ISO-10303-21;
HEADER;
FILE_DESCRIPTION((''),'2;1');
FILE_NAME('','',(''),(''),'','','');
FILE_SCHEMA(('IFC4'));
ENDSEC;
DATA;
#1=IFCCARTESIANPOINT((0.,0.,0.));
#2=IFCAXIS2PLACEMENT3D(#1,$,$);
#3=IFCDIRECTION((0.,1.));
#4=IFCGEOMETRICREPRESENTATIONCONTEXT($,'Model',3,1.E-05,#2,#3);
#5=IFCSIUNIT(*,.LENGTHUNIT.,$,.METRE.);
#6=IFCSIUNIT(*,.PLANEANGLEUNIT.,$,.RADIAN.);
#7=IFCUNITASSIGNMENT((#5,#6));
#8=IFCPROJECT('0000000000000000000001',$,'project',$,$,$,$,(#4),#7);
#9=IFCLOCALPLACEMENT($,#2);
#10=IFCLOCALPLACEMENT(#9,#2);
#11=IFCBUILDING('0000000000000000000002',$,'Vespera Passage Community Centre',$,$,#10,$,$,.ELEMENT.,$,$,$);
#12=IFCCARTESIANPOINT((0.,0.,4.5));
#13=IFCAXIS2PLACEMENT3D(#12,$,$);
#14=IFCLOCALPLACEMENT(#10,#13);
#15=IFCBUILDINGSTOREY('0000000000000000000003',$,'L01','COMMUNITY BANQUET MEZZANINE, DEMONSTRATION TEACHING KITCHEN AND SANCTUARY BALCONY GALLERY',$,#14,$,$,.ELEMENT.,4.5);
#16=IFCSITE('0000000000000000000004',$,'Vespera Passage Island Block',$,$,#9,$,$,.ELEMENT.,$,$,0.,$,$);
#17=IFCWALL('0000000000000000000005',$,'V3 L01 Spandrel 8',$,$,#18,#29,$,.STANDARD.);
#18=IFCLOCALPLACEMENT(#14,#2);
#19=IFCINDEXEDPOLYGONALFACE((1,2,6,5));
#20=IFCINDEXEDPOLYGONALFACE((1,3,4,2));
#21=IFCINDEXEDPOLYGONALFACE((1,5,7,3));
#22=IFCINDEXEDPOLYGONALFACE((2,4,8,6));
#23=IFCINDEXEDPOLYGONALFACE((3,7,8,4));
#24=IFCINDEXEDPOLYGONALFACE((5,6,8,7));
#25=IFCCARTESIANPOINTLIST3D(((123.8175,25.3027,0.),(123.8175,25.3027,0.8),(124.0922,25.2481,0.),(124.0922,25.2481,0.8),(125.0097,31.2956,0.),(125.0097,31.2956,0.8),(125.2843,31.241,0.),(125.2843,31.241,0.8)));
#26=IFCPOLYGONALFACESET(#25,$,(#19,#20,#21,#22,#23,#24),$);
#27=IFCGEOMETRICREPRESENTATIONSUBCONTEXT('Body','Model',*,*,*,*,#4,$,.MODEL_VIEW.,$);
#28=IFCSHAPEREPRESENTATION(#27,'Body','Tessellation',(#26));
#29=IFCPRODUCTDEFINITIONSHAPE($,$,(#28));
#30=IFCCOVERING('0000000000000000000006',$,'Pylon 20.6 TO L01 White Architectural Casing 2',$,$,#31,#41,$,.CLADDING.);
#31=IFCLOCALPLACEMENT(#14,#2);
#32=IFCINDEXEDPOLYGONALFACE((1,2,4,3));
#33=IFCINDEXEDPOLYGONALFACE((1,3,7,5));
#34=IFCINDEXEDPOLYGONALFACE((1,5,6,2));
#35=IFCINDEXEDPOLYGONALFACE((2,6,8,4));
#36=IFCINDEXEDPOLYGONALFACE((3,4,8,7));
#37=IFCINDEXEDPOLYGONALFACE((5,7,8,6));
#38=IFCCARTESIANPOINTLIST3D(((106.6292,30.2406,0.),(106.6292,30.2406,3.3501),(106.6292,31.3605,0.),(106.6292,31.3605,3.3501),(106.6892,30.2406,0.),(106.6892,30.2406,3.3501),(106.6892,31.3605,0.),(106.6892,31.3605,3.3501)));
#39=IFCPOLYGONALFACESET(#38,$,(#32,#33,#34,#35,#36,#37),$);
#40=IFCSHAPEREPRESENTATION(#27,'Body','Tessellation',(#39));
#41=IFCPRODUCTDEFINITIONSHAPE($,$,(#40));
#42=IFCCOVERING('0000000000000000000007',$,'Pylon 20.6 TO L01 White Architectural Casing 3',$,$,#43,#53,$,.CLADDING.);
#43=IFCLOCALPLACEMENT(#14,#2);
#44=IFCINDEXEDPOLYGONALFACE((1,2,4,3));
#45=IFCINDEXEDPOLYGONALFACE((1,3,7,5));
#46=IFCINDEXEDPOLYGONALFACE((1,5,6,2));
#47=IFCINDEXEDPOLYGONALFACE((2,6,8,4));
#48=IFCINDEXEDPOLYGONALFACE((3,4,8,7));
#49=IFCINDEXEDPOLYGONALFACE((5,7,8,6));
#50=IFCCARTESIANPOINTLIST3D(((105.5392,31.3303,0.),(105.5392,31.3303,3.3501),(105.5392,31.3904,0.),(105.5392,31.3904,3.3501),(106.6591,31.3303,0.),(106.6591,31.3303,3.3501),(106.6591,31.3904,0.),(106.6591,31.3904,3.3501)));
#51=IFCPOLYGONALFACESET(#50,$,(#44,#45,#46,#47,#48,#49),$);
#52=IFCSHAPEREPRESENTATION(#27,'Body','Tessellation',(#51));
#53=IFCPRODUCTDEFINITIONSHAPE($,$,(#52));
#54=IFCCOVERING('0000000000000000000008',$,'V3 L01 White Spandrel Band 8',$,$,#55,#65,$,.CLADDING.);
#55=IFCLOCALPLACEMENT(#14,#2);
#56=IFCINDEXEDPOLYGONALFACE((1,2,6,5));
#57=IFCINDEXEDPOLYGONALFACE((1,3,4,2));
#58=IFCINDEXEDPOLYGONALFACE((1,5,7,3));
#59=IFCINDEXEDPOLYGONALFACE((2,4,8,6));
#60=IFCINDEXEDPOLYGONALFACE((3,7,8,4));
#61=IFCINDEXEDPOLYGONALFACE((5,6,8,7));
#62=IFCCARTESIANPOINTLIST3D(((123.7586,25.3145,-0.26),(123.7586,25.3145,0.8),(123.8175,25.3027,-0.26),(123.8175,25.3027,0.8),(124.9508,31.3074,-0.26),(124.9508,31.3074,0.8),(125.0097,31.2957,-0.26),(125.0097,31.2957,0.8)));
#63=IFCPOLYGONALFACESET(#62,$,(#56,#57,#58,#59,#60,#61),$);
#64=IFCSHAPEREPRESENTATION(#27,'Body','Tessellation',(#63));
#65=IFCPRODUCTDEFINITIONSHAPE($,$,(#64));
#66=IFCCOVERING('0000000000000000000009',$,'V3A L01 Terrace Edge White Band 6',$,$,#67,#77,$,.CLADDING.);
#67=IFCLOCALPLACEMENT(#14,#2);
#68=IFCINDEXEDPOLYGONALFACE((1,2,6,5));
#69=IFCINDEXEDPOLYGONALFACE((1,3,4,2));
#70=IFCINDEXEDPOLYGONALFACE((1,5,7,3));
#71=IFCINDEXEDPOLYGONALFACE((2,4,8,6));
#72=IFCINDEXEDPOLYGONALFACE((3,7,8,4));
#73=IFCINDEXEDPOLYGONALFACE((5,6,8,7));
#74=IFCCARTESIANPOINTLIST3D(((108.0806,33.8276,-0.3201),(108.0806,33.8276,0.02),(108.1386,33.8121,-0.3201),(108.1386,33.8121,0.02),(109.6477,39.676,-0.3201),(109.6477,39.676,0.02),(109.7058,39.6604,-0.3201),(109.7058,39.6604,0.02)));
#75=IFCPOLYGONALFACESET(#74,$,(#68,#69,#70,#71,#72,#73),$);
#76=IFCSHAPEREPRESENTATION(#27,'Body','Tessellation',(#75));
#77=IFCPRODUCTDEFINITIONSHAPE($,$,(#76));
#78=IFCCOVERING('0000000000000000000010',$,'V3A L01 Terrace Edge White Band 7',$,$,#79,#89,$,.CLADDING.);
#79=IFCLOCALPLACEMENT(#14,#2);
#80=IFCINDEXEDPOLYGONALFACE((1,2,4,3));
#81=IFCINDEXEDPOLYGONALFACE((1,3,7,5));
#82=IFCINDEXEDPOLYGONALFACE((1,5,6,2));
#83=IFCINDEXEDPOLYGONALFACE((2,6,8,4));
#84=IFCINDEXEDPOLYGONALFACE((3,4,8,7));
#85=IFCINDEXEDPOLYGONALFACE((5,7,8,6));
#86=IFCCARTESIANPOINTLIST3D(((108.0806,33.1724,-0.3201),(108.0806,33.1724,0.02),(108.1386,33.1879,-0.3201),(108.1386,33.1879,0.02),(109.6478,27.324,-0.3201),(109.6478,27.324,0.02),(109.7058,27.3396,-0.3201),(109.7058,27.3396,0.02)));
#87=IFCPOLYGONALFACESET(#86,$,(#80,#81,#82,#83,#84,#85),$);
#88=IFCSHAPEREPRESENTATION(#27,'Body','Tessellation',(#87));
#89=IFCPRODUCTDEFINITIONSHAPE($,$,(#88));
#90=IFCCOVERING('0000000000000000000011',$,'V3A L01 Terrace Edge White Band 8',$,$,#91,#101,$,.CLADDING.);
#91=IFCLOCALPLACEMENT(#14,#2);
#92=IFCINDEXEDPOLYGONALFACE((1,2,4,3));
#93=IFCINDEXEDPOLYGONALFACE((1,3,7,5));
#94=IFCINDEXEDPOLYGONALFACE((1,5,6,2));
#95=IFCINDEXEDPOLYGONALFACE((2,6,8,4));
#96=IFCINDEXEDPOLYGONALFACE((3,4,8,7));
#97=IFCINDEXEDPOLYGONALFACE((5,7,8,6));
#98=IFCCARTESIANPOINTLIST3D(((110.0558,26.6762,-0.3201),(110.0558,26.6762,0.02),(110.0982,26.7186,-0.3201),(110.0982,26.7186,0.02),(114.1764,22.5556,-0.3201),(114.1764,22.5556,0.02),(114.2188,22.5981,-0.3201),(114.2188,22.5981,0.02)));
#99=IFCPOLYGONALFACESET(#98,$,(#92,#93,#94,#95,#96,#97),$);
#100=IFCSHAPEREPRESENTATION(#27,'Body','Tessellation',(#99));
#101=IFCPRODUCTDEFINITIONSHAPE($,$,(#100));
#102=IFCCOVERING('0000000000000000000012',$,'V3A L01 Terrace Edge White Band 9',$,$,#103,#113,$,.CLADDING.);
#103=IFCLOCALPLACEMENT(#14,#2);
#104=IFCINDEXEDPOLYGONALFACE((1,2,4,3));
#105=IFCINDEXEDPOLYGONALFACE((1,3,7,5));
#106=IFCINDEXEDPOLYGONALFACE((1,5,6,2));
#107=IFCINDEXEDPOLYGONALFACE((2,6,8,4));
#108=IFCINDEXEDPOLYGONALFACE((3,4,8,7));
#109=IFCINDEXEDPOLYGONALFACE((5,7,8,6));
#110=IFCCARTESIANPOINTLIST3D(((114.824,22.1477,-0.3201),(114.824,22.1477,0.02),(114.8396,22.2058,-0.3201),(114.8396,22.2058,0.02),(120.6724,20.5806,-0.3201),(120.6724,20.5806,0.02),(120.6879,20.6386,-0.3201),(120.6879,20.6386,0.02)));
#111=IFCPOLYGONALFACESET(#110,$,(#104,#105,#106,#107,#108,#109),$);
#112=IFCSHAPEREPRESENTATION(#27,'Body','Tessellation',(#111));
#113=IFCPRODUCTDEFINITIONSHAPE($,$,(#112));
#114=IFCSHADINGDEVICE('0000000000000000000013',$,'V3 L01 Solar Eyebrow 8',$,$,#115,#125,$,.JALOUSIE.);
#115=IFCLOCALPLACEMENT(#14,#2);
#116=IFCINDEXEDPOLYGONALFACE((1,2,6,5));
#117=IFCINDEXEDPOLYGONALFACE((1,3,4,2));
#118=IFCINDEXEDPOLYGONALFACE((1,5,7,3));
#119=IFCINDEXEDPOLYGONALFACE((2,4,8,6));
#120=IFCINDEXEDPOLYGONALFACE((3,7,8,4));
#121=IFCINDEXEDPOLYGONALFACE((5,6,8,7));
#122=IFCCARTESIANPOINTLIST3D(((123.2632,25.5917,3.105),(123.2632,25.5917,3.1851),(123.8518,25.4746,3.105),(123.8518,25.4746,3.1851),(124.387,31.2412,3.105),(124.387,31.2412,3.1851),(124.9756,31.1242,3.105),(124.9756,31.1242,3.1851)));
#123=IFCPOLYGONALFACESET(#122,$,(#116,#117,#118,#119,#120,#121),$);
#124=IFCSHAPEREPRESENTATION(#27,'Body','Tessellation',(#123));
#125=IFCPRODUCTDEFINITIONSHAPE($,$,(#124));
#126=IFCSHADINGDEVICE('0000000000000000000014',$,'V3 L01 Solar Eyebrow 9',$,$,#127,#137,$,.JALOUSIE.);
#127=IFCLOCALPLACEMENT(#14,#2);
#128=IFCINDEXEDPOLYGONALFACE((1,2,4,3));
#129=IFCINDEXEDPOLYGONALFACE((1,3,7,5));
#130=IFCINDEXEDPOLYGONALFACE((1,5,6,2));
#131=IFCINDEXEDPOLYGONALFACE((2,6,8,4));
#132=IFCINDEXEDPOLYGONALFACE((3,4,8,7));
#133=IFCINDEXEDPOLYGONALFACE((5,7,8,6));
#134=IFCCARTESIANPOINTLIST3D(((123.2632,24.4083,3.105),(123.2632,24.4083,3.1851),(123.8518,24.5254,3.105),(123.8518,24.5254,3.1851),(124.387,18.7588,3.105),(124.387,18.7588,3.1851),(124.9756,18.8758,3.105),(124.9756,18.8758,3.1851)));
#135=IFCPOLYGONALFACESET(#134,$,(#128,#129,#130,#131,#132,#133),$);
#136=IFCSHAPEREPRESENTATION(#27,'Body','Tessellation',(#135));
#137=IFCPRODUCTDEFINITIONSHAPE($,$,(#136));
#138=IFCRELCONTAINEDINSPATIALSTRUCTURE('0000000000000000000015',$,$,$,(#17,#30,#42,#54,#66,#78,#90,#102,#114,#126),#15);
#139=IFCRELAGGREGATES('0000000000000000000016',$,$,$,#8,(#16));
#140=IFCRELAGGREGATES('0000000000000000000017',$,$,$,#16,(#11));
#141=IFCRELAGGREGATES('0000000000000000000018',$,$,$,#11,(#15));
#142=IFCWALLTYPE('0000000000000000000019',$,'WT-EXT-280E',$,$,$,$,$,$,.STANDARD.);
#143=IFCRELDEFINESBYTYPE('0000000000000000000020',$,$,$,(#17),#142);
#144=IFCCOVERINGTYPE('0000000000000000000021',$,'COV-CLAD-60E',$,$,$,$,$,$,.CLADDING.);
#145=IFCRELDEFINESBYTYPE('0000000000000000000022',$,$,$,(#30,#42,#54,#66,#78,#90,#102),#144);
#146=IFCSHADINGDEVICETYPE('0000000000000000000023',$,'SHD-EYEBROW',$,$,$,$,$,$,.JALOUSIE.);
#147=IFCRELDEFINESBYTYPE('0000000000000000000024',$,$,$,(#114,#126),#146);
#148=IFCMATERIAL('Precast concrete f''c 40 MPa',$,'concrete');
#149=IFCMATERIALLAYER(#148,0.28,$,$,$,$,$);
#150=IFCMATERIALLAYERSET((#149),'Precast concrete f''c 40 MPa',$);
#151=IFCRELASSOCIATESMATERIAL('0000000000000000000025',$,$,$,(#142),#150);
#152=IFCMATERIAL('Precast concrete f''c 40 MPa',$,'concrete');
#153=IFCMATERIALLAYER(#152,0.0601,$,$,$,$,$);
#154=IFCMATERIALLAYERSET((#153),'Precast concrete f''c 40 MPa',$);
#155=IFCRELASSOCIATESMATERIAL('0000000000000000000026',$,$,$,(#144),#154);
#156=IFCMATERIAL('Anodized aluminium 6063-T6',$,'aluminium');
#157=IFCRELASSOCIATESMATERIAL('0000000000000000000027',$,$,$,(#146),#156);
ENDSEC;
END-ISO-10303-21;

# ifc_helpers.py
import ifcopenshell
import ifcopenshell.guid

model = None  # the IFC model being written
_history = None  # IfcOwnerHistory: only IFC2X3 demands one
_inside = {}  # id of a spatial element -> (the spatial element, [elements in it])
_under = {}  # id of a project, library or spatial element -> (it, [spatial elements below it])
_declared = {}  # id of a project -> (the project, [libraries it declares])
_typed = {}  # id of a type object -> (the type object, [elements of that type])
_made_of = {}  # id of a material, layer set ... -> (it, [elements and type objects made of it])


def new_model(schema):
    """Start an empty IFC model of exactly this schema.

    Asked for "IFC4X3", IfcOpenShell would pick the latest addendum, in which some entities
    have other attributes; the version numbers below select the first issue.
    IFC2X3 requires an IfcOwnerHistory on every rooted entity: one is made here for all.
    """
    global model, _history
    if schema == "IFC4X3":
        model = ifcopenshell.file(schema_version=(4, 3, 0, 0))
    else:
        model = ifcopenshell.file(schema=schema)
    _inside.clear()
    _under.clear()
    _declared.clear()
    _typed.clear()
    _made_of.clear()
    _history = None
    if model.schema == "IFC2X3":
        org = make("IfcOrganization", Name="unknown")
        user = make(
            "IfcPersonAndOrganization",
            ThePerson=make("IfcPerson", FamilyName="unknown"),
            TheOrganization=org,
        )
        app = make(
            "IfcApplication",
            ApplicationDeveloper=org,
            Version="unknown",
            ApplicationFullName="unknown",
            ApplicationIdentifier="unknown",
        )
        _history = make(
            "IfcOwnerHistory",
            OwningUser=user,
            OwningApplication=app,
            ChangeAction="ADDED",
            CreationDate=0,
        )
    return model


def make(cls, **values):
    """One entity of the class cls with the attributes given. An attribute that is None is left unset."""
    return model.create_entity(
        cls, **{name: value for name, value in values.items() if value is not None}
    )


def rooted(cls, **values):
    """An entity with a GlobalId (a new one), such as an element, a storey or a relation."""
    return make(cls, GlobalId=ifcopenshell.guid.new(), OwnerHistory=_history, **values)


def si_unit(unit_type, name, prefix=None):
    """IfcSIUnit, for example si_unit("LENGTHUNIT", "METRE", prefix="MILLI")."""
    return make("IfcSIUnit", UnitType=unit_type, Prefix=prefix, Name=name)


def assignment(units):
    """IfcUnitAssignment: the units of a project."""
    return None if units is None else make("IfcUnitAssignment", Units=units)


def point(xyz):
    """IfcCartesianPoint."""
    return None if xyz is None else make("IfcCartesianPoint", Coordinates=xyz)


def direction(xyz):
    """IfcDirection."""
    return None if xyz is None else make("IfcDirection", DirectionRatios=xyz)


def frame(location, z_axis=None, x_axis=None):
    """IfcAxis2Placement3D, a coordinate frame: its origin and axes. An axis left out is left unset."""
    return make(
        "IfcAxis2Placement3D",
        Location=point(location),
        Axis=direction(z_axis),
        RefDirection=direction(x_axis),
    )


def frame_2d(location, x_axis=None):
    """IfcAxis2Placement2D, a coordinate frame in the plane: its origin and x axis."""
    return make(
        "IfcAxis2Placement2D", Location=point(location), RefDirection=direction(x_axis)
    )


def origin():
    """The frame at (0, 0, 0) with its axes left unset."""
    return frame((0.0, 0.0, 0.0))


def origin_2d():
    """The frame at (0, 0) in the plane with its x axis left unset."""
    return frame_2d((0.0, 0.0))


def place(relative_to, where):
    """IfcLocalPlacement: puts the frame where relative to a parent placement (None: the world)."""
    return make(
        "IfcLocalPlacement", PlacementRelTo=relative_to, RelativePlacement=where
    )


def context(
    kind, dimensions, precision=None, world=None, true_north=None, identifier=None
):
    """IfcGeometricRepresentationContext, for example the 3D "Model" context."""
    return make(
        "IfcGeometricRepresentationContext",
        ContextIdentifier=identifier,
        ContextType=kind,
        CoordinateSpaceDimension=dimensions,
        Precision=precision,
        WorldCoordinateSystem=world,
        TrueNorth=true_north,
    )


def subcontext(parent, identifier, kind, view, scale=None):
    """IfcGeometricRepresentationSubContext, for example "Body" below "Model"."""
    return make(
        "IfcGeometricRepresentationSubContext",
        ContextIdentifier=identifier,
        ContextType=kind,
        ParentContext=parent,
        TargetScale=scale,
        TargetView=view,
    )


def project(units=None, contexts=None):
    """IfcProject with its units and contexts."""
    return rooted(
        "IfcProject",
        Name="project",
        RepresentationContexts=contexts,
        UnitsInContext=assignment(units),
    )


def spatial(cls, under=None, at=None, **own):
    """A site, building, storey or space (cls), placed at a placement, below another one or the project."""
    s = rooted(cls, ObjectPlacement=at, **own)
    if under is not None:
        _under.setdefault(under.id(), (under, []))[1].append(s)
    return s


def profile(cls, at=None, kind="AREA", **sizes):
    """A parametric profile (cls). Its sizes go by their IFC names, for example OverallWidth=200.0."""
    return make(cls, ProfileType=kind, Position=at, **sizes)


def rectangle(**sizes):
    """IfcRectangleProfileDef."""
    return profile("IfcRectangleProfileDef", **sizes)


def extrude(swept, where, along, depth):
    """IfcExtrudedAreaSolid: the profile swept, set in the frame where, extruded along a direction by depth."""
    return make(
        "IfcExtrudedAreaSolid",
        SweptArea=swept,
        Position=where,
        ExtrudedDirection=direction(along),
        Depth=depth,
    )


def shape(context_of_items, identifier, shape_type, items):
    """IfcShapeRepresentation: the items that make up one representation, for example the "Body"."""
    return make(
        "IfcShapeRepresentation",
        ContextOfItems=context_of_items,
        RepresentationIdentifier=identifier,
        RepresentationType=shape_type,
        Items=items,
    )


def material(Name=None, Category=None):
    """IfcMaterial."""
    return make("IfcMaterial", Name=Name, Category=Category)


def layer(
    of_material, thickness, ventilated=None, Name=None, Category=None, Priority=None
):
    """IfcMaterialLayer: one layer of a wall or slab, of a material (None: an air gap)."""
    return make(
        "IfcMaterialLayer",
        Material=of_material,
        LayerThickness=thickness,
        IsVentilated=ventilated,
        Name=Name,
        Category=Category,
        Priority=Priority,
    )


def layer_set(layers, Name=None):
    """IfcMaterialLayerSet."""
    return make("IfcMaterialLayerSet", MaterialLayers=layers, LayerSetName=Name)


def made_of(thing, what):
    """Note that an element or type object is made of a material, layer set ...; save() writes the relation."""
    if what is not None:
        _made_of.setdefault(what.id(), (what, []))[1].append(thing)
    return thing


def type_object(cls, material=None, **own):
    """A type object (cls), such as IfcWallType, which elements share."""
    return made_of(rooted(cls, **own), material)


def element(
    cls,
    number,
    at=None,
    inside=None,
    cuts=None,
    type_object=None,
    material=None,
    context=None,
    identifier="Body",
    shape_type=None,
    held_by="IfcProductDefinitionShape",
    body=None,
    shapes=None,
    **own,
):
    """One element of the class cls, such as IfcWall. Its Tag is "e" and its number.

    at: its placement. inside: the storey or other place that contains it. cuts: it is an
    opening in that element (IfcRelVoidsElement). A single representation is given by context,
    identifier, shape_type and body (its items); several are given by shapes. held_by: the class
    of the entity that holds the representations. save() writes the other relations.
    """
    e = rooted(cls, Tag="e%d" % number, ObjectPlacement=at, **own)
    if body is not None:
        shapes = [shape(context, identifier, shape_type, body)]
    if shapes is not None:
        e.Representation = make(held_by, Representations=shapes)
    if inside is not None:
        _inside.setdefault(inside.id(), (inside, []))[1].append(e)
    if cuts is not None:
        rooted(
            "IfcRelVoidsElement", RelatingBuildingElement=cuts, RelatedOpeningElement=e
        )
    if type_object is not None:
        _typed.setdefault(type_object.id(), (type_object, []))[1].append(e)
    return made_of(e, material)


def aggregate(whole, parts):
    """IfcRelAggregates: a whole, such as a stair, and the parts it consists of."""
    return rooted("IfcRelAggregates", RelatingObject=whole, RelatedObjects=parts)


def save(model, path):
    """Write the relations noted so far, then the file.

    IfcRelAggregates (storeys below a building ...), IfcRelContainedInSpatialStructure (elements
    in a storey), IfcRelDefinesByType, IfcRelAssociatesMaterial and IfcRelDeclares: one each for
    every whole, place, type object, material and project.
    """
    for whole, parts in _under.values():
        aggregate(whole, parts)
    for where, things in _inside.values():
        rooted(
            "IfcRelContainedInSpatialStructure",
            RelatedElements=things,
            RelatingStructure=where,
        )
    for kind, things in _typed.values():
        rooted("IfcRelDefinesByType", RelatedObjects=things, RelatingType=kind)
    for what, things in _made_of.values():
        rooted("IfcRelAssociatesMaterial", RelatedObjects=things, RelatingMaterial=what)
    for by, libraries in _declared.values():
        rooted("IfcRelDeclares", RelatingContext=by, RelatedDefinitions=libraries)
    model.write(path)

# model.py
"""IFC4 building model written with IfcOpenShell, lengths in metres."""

from ifc_helpers import new_model, si_unit, direction, frame, frame_2d, origin, origin_2d, place, context, subcontext, project, spatial, rectangle, extrude, material, layer, layer_set, type_object, element, save


model = new_model("IFC4")

# Units and contexts
model_context = context("Model", 3, precision=1e-05, world=origin(), true_north=direction((0.0, 1.0)))
body_context = subcontext(model_context, "Body", "Model", "MODEL_VIEW")
ifc_project = project(units=[si_unit("LENGTHUNIT", "METRE"), si_unit("PLANEANGLEUNIT", "RADIAN")], contexts=[model_context])

# Site, building, storey
site_placement = place(None, origin())
site = spatial("IfcSite", under=ifc_project, at=site_placement, Name="Vespera Passage Island Block", CompositionType="ELEMENT", RefElevation=0.0)
building_placement = place(site_placement, origin())
building = spatial("IfcBuilding", under=site, at=building_placement, Name="Vespera Passage Community Centre", CompositionType="ELEMENT")
storey_placement = place(building_placement, frame((0.0, 0.0, 4.5)))
storey = spatial("IfcBuildingStorey", under=building, at=storey_placement, Name="L01", Description="COMMUNITY BANQUET MEZZANINE, DEMONSTRATION TEACHING KITCHEN AND SANCTUARY BALCONY GALLERY", CompositionType="ELEMENT", Elevation=4.5)

# Wall
ifc_material_1 = material(Name="Precast concrete f'c 40 MPa", Category="concrete")
ifc_layer_1 = layer(ifc_material_1, 0.28)
ifc_layer_set_1 = layer_set([ifc_layer_1], Name="Precast concrete f'c 40 MPa")
wall_type = type_object("IfcWallType", Name="WT-EXT-280E", PredefinedType="STANDARD", material=ifc_layer_set_1)
wall_placement = place(storey_placement, frame((123.9548, 25.2754, 0.0), z_axis=(0.0, 0.0, 1.0), x_axis=(0.195102, 0.980783, 0.0)))
element("IfcWall", 1, at=wall_placement, inside=storey, type_object=wall_type, Name="V3 L01 Spandrel 8", PredefinedType="STANDARD", context=body_context, shape_type="SweptSolid", body=[
    extrude(rectangle(XDim=6.1104, YDim=0.28, at=frame_2d((3.0552, 0.0))), origin(), (0.0, 0.0, 1.0), 0.8),
])

# Coverings
ifc_material_2 = material(Name="Precast concrete f'c 40 MPa", Category="concrete")
ifc_layer_2 = layer(ifc_material_2, 0.0601)
ifc_layer_set_2 = layer_set([ifc_layer_2], Name="Precast concrete f'c 40 MPa")
covering_type = type_object("IfcCoveringType", Name="COV-CLAD-60E", PredefinedType="CLADDING", material=ifc_layer_set_2)
for number, where, z_axis, x_axis, name in (
    (2, (106.6592, 30.2405, 0.0), (0.0, 0.0, 1.0), (0.0, 1.0, 0.0), "Pylon 20.6 TO L01 White Architectural Casing 2"),
    (3, (106.6592, 31.3604, 0.0), (0.0, 0.0, 1.0), (-1.0, 0.0, 0.0), "Pylon 20.6 TO L01 White Architectural Casing 3"),
):
    element("IfcCovering", number, at=place(storey_placement, frame(where, z_axis=z_axis, x_axis=x_axis)), inside=storey, type_object=covering_type, Name=name, PredefinedType="CLADDING", context=body_context, shape_type="SweptSolid", body=[
        extrude(rectangle(XDim=1.1199, YDim=0.0601, at=frame_2d((0.5601, 0.0))), origin(), (0.0, 0.0, 1.0), 3.3501),
    ])
covering_1_placement = place(storey_placement, frame((123.7881, 25.3086, -0.26), z_axis=(0.0, 0.0, 1.0), x_axis=(0.195102, 0.980783, 0.0)))
element("IfcCovering", 4, at=covering_1_placement, inside=storey, type_object=covering_type, Name="V3 L01 White Spandrel Band 8", PredefinedType="CLADDING", context=body_context, shape_type="SweptSolid", body=[
    extrude(rectangle(XDim=6.1104, YDim=0.0601, at=frame_2d((3.0552, 0.0))), origin(), (0.0, 0.0, 1.0), 1.0601),
])
for number, where, z_axis, x_axis, name in (
    (5, (108.1096, 33.8198, -0.3201), (0.0, 0.0, 1.0), (0.258829, 0.965923, 0.0), "V3A L01 Terrace Edge White Band 6"),
    (6, (109.6768, 27.3318, -0.3201), (0.0, 0.0, 1.0), (-0.258829, 0.965923, 0.0), "V3A L01 Terrace Edge White Band 7"),
):
    element("IfcCovering", number, at=place(storey_placement, frame(where, z_axis=z_axis, x_axis=x_axis)), inside=storey, type_object=covering_type, Name=name, PredefinedType="CLADDING", context=body_context, shape_type="SweptSolid", body=[
        extrude(rectangle(XDim=6.0547, YDim=0.0601, at=frame_2d((3.0273, 0.0))), origin(), (0.0, 0.0, 1.0), 0.3401),
    ])
covering_2_placement = place(storey_placement, frame((114.1975, 22.5769, -0.3201), z_axis=(0.0, 0.0, 1.0), x_axis=(-0.707107, 0.707107, 0.0)))
element("IfcCovering", 7, at=covering_2_placement, inside=storey, type_object=covering_type, Name="V3A L01 Terrace Edge White Band 8", PredefinedType="CLADDING", context=body_context, shape_type="SweptSolid", body=[
    extrude(rectangle(XDim=5.8274, YDim=0.0601, at=frame_2d((2.9136, 0.0))), origin(), (0.0, 0.0, 1.0), 0.3401),
])
covering_3_placement = place(storey_placement, frame((120.6802, 20.6096, -0.3201), z_axis=(0.0, 0.0, 1.0), x_axis=(-0.965923, 0.258829, 0.0)))
element("IfcCovering", 8, at=covering_3_placement, inside=storey, type_object=covering_type, Name="V3A L01 Terrace Edge White Band 9", PredefinedType="CLADDING", context=body_context, shape_type="SweptSolid", body=[
    extrude(rectangle(XDim=6.0547, YDim=0.0601, at=frame_2d((3.0273, 0.0))), origin(), (0.0, 0.0, 1.0), 0.3401),
])

# Shading devices
ifc_material_3 = material(Name="Anodized aluminium 6063-T6", Category="aluminium")
shading_device_type = type_object("IfcShadingDeviceType", Name="SHD-EYEBROW", PredefinedType="JALOUSIE", material=ifc_material_3)
for number, where, z_axis, x_axis, name in (
    (9, (124.1194, 28.3579, 3.105), (0.0, 0.0, 1.0), (0.19509, 0.980785, 0.0), "V3 L01 Solar Eyebrow 8"),
    (10, (124.1194, 21.6421, 3.105), (0.0, 0.0, 1.0), (-0.19509, 0.980785, 0.0), "V3 L01 Solar Eyebrow 9"),
):
    element("IfcShadingDevice", number, at=place(storey_placement, frame(where, z_axis=z_axis, x_axis=x_axis)), inside=storey, type_object=shading_device_type, Name=name, PredefinedType="JALOUSIE", context=body_context, shape_type="SweptSolid", body=[
        extrude(rectangle(XDim=5.7603, YDim=0.6001, at=origin_2d()), origin(), (0.0, 0.0, 1.0), 0.0801),
    ])

save(model, "model.ifc")
